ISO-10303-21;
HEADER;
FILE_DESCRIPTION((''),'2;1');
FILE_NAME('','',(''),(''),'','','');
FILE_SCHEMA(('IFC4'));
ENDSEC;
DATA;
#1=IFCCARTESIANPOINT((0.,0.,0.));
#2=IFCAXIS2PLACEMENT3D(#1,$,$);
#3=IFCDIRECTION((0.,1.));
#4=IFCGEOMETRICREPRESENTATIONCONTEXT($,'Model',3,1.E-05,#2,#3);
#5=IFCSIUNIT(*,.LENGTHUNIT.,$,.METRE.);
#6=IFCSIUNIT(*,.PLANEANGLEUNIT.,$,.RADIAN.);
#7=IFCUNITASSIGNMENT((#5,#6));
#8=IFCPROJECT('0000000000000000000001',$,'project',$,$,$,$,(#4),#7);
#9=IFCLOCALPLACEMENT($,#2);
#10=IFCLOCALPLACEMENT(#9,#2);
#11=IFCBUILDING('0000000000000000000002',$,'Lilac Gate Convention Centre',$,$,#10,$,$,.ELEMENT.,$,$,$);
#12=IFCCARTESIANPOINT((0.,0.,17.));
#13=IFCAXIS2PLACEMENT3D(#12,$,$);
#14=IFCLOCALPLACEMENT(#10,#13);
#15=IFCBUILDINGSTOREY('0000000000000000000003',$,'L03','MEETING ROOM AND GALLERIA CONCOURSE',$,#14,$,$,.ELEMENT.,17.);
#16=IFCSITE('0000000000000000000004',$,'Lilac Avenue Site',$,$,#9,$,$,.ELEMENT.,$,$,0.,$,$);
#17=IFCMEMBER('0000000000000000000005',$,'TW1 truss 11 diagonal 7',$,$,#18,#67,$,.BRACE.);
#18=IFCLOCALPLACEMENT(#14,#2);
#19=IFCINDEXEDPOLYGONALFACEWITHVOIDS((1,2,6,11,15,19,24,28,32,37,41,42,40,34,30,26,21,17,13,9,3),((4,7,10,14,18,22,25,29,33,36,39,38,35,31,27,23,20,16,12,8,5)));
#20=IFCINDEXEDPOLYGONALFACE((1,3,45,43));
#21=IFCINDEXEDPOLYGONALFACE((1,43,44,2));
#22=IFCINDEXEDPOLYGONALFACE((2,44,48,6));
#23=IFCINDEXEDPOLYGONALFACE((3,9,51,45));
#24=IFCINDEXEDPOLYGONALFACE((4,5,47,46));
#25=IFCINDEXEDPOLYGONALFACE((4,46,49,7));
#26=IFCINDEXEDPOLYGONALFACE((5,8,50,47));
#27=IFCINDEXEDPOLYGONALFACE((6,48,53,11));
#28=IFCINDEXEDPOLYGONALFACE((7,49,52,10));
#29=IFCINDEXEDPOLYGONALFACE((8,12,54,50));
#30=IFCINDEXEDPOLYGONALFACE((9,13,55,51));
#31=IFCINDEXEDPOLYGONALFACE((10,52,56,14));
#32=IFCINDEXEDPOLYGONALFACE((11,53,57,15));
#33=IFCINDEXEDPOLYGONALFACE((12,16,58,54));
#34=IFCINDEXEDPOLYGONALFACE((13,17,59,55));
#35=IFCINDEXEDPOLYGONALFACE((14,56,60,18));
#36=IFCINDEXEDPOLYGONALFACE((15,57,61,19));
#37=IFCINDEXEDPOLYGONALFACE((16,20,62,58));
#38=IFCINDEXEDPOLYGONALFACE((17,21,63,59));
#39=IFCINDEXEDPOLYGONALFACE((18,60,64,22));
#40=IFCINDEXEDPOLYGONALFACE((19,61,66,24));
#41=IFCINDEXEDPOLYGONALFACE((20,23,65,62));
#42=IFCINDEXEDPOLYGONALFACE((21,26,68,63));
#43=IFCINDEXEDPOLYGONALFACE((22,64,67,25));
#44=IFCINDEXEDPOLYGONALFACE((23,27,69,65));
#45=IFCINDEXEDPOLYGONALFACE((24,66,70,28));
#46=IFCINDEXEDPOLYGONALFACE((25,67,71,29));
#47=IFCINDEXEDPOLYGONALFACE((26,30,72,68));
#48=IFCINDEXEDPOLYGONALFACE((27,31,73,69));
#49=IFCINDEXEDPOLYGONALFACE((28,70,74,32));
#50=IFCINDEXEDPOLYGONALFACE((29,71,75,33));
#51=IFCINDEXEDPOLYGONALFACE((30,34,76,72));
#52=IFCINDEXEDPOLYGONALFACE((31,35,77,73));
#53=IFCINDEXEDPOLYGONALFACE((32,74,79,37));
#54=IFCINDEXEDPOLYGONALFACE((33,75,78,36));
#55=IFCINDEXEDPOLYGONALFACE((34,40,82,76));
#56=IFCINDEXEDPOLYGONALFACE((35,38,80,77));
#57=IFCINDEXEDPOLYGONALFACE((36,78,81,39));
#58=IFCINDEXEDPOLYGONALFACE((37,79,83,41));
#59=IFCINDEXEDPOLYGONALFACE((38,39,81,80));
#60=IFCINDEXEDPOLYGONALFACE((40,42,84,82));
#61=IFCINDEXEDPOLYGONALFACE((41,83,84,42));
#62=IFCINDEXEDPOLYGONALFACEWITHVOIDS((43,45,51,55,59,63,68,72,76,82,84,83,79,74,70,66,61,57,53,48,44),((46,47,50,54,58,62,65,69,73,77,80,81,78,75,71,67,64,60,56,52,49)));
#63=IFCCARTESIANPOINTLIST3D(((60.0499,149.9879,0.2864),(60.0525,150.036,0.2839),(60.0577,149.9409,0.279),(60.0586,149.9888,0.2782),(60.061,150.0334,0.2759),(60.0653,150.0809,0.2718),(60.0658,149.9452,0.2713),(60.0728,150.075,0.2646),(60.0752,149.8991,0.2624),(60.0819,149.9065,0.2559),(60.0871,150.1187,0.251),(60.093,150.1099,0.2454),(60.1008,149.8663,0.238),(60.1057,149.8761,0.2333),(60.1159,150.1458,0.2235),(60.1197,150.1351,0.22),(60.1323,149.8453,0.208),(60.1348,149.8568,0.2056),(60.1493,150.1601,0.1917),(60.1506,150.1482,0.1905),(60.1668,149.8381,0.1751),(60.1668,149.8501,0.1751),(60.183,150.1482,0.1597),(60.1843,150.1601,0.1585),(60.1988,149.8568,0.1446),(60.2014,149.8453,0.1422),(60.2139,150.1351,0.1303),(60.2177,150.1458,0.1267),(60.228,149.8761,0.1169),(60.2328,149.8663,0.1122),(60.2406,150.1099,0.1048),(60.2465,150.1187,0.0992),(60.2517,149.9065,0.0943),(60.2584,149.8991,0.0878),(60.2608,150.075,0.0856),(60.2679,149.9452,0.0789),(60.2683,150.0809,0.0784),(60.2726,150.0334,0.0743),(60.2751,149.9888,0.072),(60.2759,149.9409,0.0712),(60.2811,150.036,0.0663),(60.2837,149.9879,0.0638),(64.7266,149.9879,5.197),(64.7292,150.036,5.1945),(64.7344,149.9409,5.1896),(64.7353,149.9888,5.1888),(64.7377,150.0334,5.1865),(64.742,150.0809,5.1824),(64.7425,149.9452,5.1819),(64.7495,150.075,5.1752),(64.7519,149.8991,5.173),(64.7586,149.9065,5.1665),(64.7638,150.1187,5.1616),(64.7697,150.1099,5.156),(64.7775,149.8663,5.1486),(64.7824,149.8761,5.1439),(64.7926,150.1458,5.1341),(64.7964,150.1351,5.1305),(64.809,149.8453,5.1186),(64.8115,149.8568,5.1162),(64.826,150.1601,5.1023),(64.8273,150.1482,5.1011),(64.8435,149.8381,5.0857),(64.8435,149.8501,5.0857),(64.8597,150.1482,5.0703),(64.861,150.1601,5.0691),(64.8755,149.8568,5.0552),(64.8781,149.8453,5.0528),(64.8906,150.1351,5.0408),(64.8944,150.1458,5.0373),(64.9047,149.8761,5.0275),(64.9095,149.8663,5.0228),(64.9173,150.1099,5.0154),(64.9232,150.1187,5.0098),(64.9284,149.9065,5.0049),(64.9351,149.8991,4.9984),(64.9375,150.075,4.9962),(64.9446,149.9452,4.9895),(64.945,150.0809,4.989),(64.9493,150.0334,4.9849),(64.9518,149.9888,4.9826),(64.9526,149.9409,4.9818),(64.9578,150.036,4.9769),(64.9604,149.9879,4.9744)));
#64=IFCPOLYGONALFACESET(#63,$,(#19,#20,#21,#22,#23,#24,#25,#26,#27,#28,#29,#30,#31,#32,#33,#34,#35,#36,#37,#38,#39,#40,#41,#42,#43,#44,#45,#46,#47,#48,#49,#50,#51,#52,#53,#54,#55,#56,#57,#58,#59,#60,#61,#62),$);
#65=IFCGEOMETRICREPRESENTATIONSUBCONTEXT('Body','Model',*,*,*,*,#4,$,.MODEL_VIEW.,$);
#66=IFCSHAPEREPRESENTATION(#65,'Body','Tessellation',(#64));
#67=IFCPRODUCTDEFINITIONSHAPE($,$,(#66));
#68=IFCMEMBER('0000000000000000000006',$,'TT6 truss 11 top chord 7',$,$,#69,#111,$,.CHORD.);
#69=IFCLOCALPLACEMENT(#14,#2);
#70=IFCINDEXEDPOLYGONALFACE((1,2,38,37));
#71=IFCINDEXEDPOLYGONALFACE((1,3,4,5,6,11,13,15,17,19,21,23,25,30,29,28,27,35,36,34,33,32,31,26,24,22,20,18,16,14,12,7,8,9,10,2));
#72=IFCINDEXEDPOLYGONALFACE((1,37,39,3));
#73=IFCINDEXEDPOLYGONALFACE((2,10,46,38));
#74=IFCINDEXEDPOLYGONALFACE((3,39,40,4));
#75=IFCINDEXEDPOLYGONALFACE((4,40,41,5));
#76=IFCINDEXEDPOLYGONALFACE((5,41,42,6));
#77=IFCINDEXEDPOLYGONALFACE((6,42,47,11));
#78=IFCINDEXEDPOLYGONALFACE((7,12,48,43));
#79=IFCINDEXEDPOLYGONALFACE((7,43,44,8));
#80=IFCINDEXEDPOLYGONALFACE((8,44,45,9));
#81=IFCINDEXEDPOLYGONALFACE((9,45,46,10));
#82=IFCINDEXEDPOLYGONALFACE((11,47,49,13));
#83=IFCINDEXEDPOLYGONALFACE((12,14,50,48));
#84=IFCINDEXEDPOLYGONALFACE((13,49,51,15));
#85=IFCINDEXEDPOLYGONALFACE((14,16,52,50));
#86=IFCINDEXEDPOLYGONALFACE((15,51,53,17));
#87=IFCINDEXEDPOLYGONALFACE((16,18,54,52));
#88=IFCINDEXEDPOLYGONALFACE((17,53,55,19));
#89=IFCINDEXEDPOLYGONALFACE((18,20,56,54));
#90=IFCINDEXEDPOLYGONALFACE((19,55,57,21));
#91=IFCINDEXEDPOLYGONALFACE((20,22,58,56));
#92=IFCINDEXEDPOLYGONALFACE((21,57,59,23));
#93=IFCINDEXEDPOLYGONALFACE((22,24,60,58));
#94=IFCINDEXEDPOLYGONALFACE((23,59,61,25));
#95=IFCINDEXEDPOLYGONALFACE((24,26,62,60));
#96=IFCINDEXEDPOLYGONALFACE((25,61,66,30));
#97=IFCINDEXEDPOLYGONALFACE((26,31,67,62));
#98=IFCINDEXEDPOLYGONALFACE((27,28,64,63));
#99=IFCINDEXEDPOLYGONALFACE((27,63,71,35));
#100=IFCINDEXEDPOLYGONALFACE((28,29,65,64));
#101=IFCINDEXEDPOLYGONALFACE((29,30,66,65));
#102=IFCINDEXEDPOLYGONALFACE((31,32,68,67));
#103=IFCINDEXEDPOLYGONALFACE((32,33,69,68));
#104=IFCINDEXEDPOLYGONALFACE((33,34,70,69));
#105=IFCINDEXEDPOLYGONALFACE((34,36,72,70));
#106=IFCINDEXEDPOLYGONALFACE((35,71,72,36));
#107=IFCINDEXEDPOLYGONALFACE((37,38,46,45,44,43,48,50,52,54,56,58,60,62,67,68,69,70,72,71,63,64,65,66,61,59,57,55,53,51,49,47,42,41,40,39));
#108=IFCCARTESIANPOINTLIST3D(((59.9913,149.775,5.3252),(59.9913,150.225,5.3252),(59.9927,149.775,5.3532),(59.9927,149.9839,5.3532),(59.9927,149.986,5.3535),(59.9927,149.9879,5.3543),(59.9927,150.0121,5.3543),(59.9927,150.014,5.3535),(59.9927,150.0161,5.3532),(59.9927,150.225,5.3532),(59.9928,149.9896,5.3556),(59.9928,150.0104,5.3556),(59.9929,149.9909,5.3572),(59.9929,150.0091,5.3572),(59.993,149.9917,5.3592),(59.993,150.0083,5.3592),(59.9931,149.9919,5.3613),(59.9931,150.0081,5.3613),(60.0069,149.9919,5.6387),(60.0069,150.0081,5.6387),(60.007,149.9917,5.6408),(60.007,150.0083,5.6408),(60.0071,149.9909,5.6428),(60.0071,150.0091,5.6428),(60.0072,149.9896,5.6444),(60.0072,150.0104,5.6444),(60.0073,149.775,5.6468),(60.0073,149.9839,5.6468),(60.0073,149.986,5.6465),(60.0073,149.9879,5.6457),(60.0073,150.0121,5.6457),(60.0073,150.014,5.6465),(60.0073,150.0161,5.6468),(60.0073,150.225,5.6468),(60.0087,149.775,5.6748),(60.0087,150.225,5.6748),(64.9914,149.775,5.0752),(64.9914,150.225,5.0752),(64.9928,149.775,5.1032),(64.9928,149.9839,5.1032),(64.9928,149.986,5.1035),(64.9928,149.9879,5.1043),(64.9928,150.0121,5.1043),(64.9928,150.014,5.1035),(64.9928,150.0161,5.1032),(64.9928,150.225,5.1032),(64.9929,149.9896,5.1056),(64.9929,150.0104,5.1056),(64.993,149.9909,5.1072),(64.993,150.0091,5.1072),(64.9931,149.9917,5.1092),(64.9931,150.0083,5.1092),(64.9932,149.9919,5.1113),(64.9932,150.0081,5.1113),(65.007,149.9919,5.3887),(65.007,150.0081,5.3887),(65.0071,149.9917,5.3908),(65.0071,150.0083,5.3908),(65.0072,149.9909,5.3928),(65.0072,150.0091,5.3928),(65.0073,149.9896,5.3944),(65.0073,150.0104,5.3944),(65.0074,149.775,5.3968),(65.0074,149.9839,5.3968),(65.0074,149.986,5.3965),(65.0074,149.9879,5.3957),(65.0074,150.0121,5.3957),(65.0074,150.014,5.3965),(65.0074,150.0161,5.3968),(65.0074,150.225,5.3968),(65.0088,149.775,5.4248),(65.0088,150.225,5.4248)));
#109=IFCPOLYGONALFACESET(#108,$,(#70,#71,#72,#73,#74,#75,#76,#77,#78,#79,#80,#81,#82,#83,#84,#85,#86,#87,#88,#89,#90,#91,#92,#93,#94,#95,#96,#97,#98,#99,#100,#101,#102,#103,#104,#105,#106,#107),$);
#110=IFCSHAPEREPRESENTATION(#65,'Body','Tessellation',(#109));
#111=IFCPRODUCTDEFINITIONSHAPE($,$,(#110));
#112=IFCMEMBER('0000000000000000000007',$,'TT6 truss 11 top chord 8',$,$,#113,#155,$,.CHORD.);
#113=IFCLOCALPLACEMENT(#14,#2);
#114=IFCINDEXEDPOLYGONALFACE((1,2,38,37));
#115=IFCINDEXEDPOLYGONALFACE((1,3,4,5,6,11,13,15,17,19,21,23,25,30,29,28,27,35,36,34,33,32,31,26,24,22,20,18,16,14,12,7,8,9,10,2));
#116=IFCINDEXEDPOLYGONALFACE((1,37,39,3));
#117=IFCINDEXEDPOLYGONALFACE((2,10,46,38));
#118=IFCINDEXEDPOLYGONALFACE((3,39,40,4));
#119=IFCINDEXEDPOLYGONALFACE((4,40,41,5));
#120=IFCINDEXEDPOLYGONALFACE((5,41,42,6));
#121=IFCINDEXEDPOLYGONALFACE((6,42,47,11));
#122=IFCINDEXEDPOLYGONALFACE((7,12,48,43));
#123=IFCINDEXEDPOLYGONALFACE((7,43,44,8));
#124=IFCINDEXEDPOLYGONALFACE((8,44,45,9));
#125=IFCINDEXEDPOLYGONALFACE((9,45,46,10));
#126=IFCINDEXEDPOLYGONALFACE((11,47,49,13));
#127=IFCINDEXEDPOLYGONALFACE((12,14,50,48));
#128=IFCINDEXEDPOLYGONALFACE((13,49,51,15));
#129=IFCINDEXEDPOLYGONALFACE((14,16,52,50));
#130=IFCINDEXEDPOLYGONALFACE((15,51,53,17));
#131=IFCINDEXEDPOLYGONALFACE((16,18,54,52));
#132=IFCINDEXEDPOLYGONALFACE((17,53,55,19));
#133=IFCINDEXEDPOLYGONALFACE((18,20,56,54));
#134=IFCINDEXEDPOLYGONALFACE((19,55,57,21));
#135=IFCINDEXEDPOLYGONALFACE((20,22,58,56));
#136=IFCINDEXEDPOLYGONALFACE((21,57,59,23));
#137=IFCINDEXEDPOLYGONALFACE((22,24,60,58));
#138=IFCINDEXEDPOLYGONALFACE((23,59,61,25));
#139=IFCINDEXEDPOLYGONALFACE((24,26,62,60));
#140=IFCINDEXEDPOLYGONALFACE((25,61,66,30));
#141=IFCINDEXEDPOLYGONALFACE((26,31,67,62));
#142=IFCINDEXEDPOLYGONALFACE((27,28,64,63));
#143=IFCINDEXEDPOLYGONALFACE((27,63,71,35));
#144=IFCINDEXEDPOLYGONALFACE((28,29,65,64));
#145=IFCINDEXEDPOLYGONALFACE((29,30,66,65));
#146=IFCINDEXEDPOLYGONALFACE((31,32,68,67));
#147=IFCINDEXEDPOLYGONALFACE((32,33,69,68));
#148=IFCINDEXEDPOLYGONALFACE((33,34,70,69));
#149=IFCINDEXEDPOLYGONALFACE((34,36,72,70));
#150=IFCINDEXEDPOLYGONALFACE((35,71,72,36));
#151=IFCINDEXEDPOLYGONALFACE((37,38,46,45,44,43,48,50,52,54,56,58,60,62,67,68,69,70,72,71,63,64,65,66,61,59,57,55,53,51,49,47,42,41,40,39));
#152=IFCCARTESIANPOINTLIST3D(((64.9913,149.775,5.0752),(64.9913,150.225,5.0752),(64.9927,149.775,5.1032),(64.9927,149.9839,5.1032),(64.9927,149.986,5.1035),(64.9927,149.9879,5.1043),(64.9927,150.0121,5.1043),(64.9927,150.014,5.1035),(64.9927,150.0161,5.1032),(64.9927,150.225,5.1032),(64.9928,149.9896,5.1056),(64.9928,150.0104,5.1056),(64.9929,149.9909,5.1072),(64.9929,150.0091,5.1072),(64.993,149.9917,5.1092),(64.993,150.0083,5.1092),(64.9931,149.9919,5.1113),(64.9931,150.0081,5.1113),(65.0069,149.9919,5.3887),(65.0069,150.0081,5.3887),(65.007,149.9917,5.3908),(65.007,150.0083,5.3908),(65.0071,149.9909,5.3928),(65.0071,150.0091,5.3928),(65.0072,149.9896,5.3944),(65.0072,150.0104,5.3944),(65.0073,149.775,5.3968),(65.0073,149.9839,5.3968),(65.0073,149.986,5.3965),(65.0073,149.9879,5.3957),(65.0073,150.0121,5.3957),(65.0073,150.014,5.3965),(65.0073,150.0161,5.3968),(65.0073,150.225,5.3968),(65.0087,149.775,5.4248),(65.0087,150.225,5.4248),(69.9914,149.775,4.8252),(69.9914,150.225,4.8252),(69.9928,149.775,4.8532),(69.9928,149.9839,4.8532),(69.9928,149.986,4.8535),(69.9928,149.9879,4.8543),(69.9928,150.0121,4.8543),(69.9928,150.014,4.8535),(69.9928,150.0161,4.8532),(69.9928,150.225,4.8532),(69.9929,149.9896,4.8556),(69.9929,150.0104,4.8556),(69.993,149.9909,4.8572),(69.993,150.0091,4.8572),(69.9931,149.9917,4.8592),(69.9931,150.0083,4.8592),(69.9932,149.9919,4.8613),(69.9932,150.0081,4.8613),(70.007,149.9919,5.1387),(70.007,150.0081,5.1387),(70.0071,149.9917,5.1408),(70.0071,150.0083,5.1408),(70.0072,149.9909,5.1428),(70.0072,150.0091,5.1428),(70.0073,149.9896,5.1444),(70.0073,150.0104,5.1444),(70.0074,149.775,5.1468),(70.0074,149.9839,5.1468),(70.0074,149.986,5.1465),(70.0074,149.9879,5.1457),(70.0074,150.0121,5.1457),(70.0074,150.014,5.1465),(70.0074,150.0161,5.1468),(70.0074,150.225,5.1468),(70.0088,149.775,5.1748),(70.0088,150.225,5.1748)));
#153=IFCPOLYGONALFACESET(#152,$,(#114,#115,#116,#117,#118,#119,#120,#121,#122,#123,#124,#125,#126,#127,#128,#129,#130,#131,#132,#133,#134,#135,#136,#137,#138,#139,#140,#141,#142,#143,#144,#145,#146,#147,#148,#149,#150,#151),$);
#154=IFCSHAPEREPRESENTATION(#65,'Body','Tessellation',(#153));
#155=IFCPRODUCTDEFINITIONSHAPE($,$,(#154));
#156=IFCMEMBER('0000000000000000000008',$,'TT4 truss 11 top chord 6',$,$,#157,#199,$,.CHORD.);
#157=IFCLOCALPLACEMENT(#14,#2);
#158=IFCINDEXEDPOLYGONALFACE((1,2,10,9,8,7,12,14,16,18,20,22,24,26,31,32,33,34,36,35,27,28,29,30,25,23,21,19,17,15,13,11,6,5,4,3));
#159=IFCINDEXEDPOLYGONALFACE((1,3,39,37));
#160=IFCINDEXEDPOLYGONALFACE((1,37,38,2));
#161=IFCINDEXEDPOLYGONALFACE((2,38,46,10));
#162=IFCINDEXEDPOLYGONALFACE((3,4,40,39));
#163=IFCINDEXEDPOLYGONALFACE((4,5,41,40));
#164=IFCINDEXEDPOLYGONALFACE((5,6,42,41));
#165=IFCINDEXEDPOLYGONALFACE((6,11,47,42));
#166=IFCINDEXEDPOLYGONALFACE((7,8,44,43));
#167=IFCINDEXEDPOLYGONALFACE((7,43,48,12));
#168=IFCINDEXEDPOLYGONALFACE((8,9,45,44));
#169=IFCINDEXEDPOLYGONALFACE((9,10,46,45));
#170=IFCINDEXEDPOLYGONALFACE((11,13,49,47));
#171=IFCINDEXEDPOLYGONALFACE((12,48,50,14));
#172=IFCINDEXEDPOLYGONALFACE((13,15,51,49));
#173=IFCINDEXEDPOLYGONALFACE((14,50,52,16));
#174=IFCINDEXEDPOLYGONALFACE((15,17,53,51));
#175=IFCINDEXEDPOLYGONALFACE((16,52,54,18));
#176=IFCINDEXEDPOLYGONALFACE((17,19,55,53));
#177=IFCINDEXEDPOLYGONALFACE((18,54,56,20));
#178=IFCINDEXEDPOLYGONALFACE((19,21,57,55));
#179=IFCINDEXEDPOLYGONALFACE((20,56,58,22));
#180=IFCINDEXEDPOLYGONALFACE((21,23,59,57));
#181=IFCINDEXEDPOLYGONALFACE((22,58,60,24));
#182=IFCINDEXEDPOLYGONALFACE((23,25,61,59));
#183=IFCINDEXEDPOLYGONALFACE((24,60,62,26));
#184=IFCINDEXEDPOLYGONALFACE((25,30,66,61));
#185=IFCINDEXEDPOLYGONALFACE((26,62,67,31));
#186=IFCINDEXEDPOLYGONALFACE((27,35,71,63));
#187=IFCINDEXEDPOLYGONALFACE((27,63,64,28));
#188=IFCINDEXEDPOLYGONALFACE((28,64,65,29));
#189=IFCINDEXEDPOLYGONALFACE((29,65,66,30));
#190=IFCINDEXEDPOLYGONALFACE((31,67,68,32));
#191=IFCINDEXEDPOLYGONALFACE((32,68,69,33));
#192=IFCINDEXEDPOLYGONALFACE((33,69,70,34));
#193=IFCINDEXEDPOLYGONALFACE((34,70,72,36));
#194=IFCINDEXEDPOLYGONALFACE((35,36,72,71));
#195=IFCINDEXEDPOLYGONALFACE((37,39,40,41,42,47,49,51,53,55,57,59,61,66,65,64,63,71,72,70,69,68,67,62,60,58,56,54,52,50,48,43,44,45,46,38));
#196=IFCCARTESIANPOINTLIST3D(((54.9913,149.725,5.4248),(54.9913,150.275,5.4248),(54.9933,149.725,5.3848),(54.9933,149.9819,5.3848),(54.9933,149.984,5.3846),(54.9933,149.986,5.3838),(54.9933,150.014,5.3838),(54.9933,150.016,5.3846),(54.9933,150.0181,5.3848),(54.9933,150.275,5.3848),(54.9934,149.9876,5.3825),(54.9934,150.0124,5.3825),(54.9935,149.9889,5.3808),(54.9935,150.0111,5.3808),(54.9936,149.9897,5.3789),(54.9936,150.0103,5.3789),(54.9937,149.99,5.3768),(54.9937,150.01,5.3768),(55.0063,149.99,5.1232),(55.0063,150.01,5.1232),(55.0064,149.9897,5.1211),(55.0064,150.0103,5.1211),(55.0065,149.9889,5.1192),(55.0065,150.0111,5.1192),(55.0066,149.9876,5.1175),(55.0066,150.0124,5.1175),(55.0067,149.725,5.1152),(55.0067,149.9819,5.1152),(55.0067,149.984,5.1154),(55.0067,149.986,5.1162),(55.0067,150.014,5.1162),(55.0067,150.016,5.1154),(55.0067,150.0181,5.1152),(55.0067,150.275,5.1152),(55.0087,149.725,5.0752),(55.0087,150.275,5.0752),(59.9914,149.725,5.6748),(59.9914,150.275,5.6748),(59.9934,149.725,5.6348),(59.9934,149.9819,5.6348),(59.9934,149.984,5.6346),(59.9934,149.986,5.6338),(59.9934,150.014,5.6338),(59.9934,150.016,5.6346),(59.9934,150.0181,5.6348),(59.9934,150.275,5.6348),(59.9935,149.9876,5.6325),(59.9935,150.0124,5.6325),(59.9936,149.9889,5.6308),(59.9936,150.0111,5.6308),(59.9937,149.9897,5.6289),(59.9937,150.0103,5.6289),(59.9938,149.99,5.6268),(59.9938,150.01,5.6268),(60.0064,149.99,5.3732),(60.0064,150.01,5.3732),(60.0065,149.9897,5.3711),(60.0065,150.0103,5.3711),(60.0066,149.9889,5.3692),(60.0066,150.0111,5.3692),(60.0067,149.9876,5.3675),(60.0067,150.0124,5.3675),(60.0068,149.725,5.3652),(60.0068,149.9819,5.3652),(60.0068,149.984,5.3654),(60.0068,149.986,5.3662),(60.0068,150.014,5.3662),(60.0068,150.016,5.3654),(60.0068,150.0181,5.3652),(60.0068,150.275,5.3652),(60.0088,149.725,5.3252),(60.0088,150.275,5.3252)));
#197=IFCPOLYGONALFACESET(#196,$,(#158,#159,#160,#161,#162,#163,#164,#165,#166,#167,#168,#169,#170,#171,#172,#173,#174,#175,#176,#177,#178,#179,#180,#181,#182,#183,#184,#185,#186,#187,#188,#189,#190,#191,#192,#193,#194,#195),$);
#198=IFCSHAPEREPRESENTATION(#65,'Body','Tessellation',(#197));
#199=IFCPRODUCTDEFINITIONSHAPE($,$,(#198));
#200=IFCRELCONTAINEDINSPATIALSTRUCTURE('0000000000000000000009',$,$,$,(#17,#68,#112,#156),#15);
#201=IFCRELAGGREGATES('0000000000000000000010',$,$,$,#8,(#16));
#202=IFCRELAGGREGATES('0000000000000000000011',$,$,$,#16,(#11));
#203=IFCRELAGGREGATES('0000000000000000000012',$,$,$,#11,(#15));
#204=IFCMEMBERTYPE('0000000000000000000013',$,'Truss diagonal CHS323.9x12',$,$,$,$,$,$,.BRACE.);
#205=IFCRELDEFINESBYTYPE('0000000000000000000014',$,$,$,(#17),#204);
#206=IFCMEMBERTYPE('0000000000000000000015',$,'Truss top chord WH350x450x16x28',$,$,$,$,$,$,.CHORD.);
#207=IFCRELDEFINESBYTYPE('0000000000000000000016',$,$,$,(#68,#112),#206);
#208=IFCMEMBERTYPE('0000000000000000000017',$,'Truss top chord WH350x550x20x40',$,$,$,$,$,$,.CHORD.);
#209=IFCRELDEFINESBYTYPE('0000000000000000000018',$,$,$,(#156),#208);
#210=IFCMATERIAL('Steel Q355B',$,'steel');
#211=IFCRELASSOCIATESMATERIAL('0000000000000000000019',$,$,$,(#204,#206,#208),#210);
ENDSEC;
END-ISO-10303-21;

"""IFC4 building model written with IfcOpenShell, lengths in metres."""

from ifc_helpers import new_model, si_unit, direction, frame, origin, origin_2d, place, context, subcontext, project, spatial, hollow_circle, i_section, extrude, material, material_profile, profile_set, type_object, element, save


model = new_model("IFC4")

# Units and contexts
model_context = context("Model", 3, precision=1e-05, world=origin(), true_north=direction((0.0, 1.0)))
body_context = subcontext(model_context, "Body", "Model", "MODEL_VIEW")
ifc_project = project(units=[si_unit("LENGTHUNIT", "METRE"), si_unit("PLANEANGLEUNIT", "RADIAN")], contexts=[model_context])

# Site, building, storey
site_placement = place(None, origin())
site = spatial("IfcSite", under=ifc_project, at=site_placement, Name="Lilac Avenue Site", CompositionType="ELEMENT", RefElevation=0.0)
building_placement = place(site_placement, origin())
building = spatial("IfcBuilding", under=site, at=building_placement, Name="Lilac Gate Convention Centre", CompositionType="ELEMENT")
storey_placement = place(building_placement, frame((0.0, 0.0, 17.0)))
storey = spatial("IfcBuildingStorey", under=building, at=storey_placement, Name="L03", Description="MEETING ROOM AND GALLERIA CONCOURSE", CompositionType="ELEMENT", Elevation=17.0)

# Members
ifc_material = material(Name="Steel Q355B", Category="steel")
ifc_material_profile_1 = material_profile(ifc_material, hollow_circle(Radius=0.1619, WallThickness=0.012, at=origin_2d()), Name="CHS323.9x12")
ifc_profile_set_1 = profile_set([ifc_material_profile_1], Name="Steel Q355B")
member_type_1 = type_object("IfcMemberType", Name="Truss diagonal CHS323.9x12", PredefinedType="BRACE", material=ifc_profile_set_1)
member_1_placement = place(storey_placement, frame((64.8435, 150.0, 5.0857), z_axis=(-0.689652, 0.0, -0.724141), x_axis=(0.0, -1.0, 0.0)))
element("IfcMember", 1, at=member_1_placement, inside=storey, type_object=member_type_1, Name="TW1 truss 11 diagonal 7", PredefinedType="BRACE", context=body_context, shape_type="SweptSolid", body=[
    extrude(hollow_circle(Radius=0.1619, WallThickness=0.012, at=origin_2d()), origin(), (0.0, 0.0, 1.0), 6.7812),
])
ifc_material_profile_2 = material_profile(ifc_material, i_section(OverallWidth=0.45, OverallDepth=0.3501, WebThickness=0.0161, FlangeThickness=0.0281, FilletRadius=0.0081, at=origin_2d()), Name="WH350x450x16x28")
ifc_profile_set_2 = profile_set([ifc_material_profile_2], Name="Steel Q355B")
member_type_2 = type_object("IfcMemberType", Name="Truss top chord WH350x450x16x28", PredefinedType="CHORD", material=ifc_profile_set_2)
for number, where, z_axis, x_axis, name in (
    (2, (60.0, 150.0, 5.5), (0.998752, 0.0, -0.049938), (0.0, 1.0, 0.0), "TT6 truss 11 top chord 7"),
    (3, (65.0, 150.0, 5.25), (0.998752, 0.0, -0.049938), (0.0, 1.0, 0.0), "TT6 truss 11 top chord 8"),
):
    element("IfcMember", number, at=place(storey_placement, frame(where, z_axis=z_axis, x_axis=x_axis)), inside=storey, type_object=member_type_2, Name=name, PredefinedType="CHORD", context=body_context, shape_type="SweptSolid", body=[
        extrude(i_section(OverallWidth=0.45, OverallDepth=0.3501, WebThickness=0.0161, FlangeThickness=0.0281, FilletRadius=0.0081, at=origin_2d()), origin(), (0.0, 0.0, 1.0), 5.0063),
    ])
ifc_material_profile_3 = material_profile(ifc_material, i_section(OverallWidth=0.55, OverallDepth=0.3501, WebThickness=0.02, FlangeThickness=0.04, FilletRadius=0.0081, at=origin_2d()), Name="WH350x550x20x40")
ifc_profile_set_3 = profile_set([ifc_material_profile_3], Name="Steel Q355B")
member_type_3 = type_object("IfcMemberType", Name="Truss top chord WH350x550x20x40", PredefinedType="CHORD", material=ifc_profile_set_3)
member_2_placement = place(storey_placement, frame((55.0, 150.0, 5.25), z_axis=(0.998752, 0.0, 0.049938), x_axis=(0.0, 1.0, 0.0)))
element("IfcMember", 4, at=member_2_placement, inside=storey, type_object=member_type_3, Name="TT4 truss 11 top chord 6", PredefinedType="CHORD", context=body_context, shape_type="SweptSolid", body=[
    extrude(i_section(OverallWidth=0.55, OverallDepth=0.3501, WebThickness=0.02, FlangeThickness=0.04, FilletRadius=0.0081, at=origin_2d()), origin(), (0.0, 0.0, 1.0), 5.0063),
])

save(model, "model.ifc")
